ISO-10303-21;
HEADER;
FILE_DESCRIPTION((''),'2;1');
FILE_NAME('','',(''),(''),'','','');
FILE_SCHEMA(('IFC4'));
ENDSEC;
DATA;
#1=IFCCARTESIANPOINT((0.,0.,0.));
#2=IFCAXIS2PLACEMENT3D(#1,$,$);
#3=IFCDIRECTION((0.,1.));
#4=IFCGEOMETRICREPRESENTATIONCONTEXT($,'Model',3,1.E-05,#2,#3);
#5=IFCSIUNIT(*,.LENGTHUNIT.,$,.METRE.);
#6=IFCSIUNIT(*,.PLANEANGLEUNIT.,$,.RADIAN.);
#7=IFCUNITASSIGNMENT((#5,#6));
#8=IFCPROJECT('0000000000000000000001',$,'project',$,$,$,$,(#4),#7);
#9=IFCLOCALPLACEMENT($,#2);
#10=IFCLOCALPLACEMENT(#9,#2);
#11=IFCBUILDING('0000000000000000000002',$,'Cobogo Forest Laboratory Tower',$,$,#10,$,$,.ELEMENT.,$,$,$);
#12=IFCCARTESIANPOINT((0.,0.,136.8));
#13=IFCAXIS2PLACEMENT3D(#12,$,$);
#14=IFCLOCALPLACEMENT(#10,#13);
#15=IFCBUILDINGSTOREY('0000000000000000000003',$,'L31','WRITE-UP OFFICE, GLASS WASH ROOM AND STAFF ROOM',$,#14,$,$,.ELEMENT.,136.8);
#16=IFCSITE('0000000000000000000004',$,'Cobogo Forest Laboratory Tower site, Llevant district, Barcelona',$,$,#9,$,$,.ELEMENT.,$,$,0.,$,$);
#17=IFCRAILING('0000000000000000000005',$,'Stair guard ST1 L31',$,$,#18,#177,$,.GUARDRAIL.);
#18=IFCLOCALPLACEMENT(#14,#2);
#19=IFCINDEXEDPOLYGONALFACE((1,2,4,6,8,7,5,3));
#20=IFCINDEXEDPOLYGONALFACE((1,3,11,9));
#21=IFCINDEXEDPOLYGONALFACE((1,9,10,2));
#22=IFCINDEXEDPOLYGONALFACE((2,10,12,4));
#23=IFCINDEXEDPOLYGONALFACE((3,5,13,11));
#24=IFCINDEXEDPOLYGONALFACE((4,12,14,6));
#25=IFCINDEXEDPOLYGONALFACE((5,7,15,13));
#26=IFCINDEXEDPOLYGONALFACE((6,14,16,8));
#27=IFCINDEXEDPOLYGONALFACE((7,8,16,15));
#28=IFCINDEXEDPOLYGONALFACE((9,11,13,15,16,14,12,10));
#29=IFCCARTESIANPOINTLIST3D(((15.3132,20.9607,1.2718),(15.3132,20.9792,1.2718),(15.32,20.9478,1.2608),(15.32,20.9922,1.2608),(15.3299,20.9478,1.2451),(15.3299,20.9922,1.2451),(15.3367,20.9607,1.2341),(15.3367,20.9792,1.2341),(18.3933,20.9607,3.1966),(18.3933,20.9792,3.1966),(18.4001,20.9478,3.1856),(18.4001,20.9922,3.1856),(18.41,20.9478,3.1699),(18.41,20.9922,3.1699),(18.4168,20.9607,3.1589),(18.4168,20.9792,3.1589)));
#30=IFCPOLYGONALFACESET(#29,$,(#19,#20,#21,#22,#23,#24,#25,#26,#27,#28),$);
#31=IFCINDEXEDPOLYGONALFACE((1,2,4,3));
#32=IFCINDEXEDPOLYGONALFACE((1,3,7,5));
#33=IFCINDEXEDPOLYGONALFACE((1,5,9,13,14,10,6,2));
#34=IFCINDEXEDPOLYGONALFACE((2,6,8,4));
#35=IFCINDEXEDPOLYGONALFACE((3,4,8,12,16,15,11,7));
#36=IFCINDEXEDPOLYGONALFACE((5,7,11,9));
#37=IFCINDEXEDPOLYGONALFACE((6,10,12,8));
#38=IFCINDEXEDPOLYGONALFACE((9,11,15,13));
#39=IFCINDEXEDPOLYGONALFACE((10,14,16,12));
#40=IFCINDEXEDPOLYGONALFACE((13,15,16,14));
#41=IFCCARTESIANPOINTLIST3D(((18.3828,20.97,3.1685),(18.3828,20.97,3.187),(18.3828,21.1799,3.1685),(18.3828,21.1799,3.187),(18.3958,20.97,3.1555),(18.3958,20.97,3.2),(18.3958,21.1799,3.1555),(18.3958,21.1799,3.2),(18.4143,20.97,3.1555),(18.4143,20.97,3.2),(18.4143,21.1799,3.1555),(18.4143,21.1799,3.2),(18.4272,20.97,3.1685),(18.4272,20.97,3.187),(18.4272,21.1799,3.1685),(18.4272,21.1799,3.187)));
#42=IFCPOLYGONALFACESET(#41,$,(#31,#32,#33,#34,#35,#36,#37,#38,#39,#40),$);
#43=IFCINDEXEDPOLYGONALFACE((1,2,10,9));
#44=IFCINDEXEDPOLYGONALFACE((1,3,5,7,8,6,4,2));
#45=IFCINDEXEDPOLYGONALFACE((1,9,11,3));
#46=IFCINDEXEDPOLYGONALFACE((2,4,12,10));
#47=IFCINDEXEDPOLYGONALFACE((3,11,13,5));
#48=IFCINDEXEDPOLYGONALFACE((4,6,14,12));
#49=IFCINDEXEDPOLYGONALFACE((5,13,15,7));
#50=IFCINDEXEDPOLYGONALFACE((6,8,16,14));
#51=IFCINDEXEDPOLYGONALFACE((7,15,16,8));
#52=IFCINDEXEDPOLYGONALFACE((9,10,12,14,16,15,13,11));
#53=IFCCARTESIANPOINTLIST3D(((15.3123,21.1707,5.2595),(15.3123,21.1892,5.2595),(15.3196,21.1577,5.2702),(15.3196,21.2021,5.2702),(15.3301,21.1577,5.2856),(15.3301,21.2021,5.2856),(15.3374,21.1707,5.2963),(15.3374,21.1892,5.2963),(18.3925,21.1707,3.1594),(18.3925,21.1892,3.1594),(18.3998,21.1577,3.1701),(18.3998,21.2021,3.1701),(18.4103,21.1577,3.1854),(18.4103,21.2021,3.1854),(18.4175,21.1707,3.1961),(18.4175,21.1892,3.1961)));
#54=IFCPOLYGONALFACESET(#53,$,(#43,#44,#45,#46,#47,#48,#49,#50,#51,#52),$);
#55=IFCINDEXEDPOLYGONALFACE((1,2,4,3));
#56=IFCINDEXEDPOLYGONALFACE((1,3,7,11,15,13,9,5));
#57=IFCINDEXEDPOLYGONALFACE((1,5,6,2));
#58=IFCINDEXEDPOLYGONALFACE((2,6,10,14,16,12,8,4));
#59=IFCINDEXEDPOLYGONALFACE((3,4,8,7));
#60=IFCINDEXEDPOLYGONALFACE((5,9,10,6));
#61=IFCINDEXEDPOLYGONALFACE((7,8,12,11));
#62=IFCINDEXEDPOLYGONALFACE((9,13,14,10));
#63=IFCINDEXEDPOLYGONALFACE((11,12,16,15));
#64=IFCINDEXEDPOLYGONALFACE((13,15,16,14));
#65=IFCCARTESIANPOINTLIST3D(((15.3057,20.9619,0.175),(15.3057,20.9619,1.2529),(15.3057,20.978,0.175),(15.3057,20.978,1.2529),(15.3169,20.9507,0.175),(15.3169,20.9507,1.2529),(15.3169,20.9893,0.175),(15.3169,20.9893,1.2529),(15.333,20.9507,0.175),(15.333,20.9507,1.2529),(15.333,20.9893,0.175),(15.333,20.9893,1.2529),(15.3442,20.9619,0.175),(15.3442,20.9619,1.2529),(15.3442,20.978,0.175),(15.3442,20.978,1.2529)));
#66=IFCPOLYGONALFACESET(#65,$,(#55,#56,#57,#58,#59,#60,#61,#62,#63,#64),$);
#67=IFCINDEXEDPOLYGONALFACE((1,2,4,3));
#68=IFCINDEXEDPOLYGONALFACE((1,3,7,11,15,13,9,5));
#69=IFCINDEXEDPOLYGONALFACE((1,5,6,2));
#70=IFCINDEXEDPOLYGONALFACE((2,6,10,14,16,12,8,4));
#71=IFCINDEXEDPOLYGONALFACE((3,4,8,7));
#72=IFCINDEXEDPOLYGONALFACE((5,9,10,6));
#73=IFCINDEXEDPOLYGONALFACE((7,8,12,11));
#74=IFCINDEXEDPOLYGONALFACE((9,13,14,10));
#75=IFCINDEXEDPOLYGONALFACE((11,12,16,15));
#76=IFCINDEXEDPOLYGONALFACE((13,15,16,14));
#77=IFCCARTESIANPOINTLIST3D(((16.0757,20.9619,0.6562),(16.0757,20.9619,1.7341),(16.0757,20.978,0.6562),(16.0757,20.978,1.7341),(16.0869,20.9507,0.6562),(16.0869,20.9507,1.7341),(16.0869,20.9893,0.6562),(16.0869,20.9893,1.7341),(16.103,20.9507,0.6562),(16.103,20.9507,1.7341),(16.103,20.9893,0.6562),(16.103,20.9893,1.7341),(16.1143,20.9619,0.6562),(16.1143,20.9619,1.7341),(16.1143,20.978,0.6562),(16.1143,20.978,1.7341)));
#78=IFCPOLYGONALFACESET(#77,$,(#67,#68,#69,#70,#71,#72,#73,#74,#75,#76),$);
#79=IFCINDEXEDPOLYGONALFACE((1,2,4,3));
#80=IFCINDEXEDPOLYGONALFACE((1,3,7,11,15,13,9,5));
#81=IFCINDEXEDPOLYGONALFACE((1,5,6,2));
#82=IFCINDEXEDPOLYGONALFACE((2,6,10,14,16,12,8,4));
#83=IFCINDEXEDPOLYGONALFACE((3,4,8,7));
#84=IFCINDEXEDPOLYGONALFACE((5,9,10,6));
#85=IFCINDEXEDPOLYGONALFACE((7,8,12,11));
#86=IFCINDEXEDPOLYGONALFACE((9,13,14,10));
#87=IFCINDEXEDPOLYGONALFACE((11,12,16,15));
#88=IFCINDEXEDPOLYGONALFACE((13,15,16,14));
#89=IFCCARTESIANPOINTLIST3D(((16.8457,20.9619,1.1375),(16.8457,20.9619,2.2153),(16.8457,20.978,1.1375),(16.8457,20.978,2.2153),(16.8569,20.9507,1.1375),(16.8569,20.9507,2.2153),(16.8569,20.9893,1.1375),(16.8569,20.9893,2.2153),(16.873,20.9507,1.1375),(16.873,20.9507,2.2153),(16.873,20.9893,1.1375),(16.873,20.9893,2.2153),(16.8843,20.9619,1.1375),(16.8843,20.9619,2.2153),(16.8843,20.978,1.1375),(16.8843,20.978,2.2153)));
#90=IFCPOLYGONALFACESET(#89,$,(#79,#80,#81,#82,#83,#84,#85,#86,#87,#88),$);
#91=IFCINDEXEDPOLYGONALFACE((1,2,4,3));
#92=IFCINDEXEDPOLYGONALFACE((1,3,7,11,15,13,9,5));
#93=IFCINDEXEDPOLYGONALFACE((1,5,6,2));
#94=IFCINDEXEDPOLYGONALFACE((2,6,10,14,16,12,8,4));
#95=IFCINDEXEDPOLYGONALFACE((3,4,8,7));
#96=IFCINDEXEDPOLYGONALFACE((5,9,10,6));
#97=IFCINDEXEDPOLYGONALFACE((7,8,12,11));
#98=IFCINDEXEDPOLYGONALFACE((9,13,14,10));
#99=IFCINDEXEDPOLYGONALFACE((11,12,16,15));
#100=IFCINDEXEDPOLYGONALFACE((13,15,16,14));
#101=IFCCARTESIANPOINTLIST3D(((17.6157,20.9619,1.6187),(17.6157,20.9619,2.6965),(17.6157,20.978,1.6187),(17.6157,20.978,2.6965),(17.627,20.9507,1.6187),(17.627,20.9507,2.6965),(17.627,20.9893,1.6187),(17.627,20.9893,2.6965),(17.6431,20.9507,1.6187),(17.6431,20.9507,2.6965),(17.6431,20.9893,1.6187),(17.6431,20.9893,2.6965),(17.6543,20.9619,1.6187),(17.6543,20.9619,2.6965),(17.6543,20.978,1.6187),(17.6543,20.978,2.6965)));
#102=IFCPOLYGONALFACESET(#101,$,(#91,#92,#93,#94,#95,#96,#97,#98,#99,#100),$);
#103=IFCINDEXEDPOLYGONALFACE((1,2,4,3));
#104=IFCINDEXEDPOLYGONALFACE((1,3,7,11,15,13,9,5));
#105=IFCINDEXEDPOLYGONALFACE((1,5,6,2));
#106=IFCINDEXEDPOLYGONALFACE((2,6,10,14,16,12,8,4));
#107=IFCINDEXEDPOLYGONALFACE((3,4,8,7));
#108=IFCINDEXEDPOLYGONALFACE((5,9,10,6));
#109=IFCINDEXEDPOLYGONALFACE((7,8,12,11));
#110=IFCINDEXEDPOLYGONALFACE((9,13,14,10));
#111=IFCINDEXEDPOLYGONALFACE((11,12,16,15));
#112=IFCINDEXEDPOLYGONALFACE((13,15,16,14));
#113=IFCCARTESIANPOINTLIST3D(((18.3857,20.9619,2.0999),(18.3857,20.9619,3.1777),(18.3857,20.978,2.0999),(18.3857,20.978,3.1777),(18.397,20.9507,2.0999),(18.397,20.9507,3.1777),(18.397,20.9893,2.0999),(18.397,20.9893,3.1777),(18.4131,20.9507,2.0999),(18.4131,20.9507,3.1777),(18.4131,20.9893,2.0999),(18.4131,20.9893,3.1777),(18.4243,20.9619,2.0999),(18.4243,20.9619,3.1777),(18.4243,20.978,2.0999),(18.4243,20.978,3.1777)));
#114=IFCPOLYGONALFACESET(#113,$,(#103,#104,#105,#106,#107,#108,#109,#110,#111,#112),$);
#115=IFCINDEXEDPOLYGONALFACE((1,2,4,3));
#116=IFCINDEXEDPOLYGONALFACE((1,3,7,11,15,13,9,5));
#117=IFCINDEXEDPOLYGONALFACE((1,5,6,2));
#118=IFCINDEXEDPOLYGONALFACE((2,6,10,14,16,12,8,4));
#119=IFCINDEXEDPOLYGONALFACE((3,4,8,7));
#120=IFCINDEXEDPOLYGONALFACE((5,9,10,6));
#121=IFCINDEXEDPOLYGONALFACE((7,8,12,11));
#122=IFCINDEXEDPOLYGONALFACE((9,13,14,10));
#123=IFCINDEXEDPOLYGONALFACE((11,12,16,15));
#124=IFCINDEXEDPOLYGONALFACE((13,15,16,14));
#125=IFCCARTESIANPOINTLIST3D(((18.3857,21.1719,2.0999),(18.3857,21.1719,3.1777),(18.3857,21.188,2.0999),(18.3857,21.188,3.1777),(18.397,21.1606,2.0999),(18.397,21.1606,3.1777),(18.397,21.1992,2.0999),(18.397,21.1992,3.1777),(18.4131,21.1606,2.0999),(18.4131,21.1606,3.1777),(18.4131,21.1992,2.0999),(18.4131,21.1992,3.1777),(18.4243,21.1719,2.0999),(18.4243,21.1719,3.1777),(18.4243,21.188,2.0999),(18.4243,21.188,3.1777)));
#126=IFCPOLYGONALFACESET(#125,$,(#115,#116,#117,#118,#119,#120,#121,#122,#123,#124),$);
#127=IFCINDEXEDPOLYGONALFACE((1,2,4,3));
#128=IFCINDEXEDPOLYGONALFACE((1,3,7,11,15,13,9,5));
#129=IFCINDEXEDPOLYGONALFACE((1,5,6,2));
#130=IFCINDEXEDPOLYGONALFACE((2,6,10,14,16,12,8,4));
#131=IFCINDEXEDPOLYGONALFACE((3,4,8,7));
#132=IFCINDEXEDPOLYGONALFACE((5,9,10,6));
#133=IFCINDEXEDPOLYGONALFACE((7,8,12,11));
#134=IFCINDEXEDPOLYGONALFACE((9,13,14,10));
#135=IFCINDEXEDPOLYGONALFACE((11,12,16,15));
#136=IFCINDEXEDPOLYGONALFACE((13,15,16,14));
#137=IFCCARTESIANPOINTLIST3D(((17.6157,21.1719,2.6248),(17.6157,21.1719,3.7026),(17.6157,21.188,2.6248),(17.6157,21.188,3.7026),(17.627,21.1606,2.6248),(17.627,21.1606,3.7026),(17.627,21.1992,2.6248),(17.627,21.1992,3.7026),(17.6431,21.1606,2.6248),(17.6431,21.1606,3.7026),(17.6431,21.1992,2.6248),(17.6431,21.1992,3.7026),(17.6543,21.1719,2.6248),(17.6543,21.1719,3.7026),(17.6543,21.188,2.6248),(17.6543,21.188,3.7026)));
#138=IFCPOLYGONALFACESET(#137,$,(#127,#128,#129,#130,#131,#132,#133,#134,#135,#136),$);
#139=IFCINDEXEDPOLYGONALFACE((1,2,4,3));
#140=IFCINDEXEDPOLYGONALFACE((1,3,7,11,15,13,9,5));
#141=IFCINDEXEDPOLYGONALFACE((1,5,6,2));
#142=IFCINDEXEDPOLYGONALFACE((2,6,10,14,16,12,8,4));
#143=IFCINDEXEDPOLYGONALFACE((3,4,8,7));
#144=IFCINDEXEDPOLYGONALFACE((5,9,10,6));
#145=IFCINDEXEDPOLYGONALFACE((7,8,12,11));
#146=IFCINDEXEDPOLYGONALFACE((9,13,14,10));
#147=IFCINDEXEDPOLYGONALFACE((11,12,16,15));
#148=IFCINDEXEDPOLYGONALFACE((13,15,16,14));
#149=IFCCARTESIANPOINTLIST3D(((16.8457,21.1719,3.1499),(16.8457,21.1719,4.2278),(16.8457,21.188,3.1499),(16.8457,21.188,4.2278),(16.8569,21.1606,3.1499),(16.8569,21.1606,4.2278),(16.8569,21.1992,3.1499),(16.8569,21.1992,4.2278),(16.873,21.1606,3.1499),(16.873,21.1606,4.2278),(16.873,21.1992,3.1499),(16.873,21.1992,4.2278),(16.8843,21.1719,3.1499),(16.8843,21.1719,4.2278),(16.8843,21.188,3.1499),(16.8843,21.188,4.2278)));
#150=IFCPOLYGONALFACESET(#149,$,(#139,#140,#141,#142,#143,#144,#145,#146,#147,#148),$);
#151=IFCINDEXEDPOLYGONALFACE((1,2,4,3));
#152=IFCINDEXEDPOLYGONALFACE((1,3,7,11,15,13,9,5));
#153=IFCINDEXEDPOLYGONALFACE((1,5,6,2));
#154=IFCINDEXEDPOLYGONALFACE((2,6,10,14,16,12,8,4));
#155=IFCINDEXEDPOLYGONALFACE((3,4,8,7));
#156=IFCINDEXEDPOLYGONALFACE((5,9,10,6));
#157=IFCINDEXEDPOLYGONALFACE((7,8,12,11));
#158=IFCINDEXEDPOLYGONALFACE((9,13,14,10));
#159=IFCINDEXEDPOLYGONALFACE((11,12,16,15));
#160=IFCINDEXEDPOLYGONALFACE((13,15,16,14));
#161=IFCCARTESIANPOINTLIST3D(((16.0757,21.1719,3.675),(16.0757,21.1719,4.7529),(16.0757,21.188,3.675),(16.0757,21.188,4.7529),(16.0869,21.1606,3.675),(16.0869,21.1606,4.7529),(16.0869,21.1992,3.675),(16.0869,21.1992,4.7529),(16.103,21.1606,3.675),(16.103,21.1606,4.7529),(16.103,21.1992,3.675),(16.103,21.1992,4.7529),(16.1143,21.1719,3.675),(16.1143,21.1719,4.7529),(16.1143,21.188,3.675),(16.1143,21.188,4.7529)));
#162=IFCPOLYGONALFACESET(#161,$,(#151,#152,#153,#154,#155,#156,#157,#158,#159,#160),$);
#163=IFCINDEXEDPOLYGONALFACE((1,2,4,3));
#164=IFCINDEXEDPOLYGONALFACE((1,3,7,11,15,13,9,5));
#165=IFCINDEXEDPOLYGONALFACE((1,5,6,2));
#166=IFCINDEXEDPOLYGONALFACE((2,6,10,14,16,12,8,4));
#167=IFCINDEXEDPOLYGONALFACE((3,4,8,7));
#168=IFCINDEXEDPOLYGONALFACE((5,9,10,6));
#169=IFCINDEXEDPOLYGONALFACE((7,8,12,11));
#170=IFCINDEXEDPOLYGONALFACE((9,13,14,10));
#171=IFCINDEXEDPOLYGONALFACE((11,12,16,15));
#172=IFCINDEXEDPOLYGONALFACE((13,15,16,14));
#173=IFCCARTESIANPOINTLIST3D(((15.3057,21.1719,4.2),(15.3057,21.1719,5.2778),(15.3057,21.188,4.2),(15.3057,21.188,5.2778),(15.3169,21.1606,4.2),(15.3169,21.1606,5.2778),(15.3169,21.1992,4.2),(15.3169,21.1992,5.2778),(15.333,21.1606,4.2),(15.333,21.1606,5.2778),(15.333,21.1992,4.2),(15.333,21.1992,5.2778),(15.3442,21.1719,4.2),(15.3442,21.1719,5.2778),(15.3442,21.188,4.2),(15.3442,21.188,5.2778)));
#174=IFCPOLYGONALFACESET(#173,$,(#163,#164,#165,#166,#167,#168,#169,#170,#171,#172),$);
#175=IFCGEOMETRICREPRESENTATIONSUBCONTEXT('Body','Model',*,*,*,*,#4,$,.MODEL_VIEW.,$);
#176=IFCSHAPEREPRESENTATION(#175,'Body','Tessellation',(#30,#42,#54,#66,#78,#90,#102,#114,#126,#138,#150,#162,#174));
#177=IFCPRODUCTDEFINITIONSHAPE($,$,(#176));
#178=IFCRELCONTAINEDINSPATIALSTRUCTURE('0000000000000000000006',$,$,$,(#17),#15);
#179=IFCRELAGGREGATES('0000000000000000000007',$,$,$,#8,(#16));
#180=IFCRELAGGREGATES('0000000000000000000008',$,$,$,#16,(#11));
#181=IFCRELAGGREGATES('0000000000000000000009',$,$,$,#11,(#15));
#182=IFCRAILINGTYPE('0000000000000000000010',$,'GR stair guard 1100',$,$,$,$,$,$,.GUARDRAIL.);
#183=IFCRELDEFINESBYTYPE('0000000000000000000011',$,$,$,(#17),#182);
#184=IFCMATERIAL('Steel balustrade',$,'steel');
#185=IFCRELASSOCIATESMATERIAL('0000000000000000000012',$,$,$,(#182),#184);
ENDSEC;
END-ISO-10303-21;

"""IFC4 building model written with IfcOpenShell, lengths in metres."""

from ifc_helpers import new_model, si_unit, direction, frame, origin, place, context, subcontext, project, spatial, polyline, outline, extrude, material, type_object, element, save


model = new_model("IFC4")

# Units and contexts
model_context = context("Model", 3, precision=1e-05, world=origin(), true_north=direction((0.0, 1.0)))
body_context = subcontext(model_context, "Body", "Model", "MODEL_VIEW")
ifc_project = project(units=[si_unit("LENGTHUNIT", "METRE"), si_unit("PLANEANGLEUNIT", "RADIAN")], contexts=[model_context])

# Site, building, storey
site_placement = place(None, origin())
site = spatial("IfcSite", under=ifc_project, at=site_placement, Name="Cobogo Forest Laboratory Tower site, Llevant district, Barcelona", CompositionType="ELEMENT", RefElevation=0.0)
building_placement = place(site_placement, origin())
building = spatial("IfcBuilding", under=site, at=building_placement, Name="Cobogo Forest Laboratory Tower", CompositionType="ELEMENT")
storey_placement = place(building_placement, frame((0.0, 0.0, 136.8)))
storey = spatial("IfcBuildingStorey", under=building, at=storey_placement, Name="L31", Description="WRITE-UP OFFICE, GLASS WASH ROOM AND STAFF ROOM", CompositionType="ELEMENT", Elevation=136.8)

# Railing
ifc_material_1 = material(Name="Steel balustrade", Category="steel")
railing_type_1 = type_object("IfcRailingType", Name="GR stair guard 1100", PredefinedType="GUARDRAIL", material=ifc_material_1)
railing_1_placement = place(storey_placement, frame((15.325, 20.97, 0.175)))
element("IfcRailing", 1, at=railing_1_placement, inside=storey, type_object=railing_type_1, Name="Stair guard ST1 L31", PredefinedType="GUARDRAIL", context=body_context, shape_type="SweptSolid", body=[
    extrude(outline(polyline([(0.0222, 0.0093), (0.0093, 0.0222), (-0.0093, 0.0222), (-0.0222, 0.0093), (-0.0222, -0.0093), (-0.0093, -0.0222), (0.0093, -0.0222), (0.0222, -0.0093), (0.0222, 0.0093)])), frame((0.0, 0.0, 1.0779), z_axis=(0.848029, 0.0, 0.529951), x_axis=(0.0, 1.0, 0.0)), (0.0, 0.0, 1.0), 3.6321),
    extrude(outline(polyline([(0.0222, 0.0093), (0.0093, 0.0222), (-0.0093, 0.0222), (-0.0222, 0.0093), (-0.0222, -0.0093), (-0.0093, -0.0222), (0.0093, -0.0222), (0.0222, -0.0093), (0.0222, 0.0093)])), frame((3.0801, 0.0, 3.0027), z_axis=(0.0, 1.0, 0.0), x_axis=(-1.0, 0.0, 0.0)), (0.0, 0.0, 1.0), 0.21),
    extrude(outline(polyline([(0.0222, 0.0093), (0.0093, 0.0222), (-0.0093, 0.0222), (-0.0222, 0.0093), (-0.0222, -0.0093), (-0.0093, -0.0222), (0.0093, -0.0222), (0.0222, -0.0093), (0.0222, 0.0093)])), frame((3.0801, 0.21, 3.0027), z_axis=(-0.826222, 0.0, 0.563345), x_axis=(0.0, -1.0, 0.0)), (0.0, 0.0, 1.0), 3.728),
    extrude(outline(polyline([(0.0193, 0.0081), (0.0081, 0.0193), (-0.0081, 0.0193), (-0.0193, 0.0081), (-0.0193, -0.0081), (-0.0081, -0.0193), (0.0081, -0.0193), (0.0193, -0.0081), (0.0193, 0.0081)])), origin(), (0.0, 0.0, 1.0), 1.0779),
    extrude(outline(polyline([(0.0193, 0.0081), (0.0081, 0.0193), (-0.0081, 0.0193), (-0.0193, 0.0081), (-0.0193, -0.0081), (-0.0081, -0.0193), (0.0081, -0.0193), (0.0193, -0.0081), (0.0193, 0.0081)])), frame((0.77, 0.0, 0.4812)), (0.0, 0.0, 1.0), 1.0779),
    extrude(outline(polyline([(0.0193, 0.0081), (0.0081, 0.0193), (-0.0081, 0.0193), (-0.0193, 0.0081), (-0.0193, -0.0081), (-0.0081, -0.0193), (0.0081, -0.0193), (0.0193, -0.0081), (0.0193, 0.0081)])), frame((1.54, 0.0, 0.9624)), (0.0, 0.0, 1.0), 1.0779),
    extrude(outline(polyline([(0.0193, 0.0081), (0.0081, 0.0193), (-0.0081, 0.0193), (-0.0193, 0.0081), (-0.0193, -0.0081), (-0.0081, -0.0193), (0.0081, -0.0193), (0.0193, -0.0081), (0.0193, 0.0081)])), frame((2.3101, 0.0, 1.4436)), (0.0, 0.0, 1.0), 1.0779),
    extrude(outline(polyline([(0.0193, 0.0081), (0.0081, 0.0193), (-0.0081, 0.0193), (-0.0193, 0.0081), (-0.0193, -0.0081), (-0.0081, -0.0193), (0.0081, -0.0193), (0.0193, -0.0081), (0.0193, 0.0081)])), frame((3.0801, 0.0, 1.9248)), (0.0, 0.0, 1.0), 1.0779),
    extrude(outline(polyline([(0.0193, 0.0081), (0.0081, 0.0193), (-0.0081, 0.0193), (-0.0193, 0.0081), (-0.0193, -0.0081), (-0.0081, -0.0193), (0.0081, -0.0193), (0.0193, -0.0081), (0.0193, 0.0081)])), frame((3.0801, 0.21, 1.9248)), (0.0, 0.0, 1.0), 1.0779),
    extrude(outline(polyline([(0.0193, 0.0081), (0.0081, 0.0193), (-0.0081, 0.0193), (-0.0193, 0.0081), (-0.0193, -0.0081), (-0.0081, -0.0193), (0.0081, -0.0193), (0.0193, -0.0081), (0.0193, 0.0081)])), frame((2.3101, 0.21, 2.4497)), (0.0, 0.0, 1.0), 1.0779),
    extrude(outline(polyline([(0.0193, 0.0081), (0.0081, 0.0193), (-0.0081, 0.0193), (-0.0193, 0.0081), (-0.0193, -0.0081), (-0.0081, -0.0193), (0.0081, -0.0193), (0.0193, -0.0081), (0.0193, 0.0081)])), frame((1.54, 0.21, 2.9749)), (0.0, 0.0, 1.0), 1.0779),
    extrude(outline(polyline([(0.0193, 0.0081), (0.0081, 0.0193), (-0.0081, 0.0193), (-0.0193, 0.0081), (-0.0193, -0.0081), (-0.0081, -0.0193), (0.0081, -0.0193), (0.0193, -0.0081), (0.0193, 0.0081)])), frame((0.77, 0.21, 3.5)), (0.0, 0.0, 1.0), 1.0779),
    extrude(outline(polyline([(0.0193, 0.0081), (0.0081, 0.0193), (-0.0081, 0.0193), (-0.0193, 0.0081), (-0.0193, -0.0081), (-0.0081, -0.0193), (0.0081, -0.0193), (0.0193, -0.0081), (0.0193, 0.0081)])), frame((0.0, 0.21, 4.0249)), (0.0, 0.0, 1.0), 1.0779),
])

save(model, "model.ifc")
